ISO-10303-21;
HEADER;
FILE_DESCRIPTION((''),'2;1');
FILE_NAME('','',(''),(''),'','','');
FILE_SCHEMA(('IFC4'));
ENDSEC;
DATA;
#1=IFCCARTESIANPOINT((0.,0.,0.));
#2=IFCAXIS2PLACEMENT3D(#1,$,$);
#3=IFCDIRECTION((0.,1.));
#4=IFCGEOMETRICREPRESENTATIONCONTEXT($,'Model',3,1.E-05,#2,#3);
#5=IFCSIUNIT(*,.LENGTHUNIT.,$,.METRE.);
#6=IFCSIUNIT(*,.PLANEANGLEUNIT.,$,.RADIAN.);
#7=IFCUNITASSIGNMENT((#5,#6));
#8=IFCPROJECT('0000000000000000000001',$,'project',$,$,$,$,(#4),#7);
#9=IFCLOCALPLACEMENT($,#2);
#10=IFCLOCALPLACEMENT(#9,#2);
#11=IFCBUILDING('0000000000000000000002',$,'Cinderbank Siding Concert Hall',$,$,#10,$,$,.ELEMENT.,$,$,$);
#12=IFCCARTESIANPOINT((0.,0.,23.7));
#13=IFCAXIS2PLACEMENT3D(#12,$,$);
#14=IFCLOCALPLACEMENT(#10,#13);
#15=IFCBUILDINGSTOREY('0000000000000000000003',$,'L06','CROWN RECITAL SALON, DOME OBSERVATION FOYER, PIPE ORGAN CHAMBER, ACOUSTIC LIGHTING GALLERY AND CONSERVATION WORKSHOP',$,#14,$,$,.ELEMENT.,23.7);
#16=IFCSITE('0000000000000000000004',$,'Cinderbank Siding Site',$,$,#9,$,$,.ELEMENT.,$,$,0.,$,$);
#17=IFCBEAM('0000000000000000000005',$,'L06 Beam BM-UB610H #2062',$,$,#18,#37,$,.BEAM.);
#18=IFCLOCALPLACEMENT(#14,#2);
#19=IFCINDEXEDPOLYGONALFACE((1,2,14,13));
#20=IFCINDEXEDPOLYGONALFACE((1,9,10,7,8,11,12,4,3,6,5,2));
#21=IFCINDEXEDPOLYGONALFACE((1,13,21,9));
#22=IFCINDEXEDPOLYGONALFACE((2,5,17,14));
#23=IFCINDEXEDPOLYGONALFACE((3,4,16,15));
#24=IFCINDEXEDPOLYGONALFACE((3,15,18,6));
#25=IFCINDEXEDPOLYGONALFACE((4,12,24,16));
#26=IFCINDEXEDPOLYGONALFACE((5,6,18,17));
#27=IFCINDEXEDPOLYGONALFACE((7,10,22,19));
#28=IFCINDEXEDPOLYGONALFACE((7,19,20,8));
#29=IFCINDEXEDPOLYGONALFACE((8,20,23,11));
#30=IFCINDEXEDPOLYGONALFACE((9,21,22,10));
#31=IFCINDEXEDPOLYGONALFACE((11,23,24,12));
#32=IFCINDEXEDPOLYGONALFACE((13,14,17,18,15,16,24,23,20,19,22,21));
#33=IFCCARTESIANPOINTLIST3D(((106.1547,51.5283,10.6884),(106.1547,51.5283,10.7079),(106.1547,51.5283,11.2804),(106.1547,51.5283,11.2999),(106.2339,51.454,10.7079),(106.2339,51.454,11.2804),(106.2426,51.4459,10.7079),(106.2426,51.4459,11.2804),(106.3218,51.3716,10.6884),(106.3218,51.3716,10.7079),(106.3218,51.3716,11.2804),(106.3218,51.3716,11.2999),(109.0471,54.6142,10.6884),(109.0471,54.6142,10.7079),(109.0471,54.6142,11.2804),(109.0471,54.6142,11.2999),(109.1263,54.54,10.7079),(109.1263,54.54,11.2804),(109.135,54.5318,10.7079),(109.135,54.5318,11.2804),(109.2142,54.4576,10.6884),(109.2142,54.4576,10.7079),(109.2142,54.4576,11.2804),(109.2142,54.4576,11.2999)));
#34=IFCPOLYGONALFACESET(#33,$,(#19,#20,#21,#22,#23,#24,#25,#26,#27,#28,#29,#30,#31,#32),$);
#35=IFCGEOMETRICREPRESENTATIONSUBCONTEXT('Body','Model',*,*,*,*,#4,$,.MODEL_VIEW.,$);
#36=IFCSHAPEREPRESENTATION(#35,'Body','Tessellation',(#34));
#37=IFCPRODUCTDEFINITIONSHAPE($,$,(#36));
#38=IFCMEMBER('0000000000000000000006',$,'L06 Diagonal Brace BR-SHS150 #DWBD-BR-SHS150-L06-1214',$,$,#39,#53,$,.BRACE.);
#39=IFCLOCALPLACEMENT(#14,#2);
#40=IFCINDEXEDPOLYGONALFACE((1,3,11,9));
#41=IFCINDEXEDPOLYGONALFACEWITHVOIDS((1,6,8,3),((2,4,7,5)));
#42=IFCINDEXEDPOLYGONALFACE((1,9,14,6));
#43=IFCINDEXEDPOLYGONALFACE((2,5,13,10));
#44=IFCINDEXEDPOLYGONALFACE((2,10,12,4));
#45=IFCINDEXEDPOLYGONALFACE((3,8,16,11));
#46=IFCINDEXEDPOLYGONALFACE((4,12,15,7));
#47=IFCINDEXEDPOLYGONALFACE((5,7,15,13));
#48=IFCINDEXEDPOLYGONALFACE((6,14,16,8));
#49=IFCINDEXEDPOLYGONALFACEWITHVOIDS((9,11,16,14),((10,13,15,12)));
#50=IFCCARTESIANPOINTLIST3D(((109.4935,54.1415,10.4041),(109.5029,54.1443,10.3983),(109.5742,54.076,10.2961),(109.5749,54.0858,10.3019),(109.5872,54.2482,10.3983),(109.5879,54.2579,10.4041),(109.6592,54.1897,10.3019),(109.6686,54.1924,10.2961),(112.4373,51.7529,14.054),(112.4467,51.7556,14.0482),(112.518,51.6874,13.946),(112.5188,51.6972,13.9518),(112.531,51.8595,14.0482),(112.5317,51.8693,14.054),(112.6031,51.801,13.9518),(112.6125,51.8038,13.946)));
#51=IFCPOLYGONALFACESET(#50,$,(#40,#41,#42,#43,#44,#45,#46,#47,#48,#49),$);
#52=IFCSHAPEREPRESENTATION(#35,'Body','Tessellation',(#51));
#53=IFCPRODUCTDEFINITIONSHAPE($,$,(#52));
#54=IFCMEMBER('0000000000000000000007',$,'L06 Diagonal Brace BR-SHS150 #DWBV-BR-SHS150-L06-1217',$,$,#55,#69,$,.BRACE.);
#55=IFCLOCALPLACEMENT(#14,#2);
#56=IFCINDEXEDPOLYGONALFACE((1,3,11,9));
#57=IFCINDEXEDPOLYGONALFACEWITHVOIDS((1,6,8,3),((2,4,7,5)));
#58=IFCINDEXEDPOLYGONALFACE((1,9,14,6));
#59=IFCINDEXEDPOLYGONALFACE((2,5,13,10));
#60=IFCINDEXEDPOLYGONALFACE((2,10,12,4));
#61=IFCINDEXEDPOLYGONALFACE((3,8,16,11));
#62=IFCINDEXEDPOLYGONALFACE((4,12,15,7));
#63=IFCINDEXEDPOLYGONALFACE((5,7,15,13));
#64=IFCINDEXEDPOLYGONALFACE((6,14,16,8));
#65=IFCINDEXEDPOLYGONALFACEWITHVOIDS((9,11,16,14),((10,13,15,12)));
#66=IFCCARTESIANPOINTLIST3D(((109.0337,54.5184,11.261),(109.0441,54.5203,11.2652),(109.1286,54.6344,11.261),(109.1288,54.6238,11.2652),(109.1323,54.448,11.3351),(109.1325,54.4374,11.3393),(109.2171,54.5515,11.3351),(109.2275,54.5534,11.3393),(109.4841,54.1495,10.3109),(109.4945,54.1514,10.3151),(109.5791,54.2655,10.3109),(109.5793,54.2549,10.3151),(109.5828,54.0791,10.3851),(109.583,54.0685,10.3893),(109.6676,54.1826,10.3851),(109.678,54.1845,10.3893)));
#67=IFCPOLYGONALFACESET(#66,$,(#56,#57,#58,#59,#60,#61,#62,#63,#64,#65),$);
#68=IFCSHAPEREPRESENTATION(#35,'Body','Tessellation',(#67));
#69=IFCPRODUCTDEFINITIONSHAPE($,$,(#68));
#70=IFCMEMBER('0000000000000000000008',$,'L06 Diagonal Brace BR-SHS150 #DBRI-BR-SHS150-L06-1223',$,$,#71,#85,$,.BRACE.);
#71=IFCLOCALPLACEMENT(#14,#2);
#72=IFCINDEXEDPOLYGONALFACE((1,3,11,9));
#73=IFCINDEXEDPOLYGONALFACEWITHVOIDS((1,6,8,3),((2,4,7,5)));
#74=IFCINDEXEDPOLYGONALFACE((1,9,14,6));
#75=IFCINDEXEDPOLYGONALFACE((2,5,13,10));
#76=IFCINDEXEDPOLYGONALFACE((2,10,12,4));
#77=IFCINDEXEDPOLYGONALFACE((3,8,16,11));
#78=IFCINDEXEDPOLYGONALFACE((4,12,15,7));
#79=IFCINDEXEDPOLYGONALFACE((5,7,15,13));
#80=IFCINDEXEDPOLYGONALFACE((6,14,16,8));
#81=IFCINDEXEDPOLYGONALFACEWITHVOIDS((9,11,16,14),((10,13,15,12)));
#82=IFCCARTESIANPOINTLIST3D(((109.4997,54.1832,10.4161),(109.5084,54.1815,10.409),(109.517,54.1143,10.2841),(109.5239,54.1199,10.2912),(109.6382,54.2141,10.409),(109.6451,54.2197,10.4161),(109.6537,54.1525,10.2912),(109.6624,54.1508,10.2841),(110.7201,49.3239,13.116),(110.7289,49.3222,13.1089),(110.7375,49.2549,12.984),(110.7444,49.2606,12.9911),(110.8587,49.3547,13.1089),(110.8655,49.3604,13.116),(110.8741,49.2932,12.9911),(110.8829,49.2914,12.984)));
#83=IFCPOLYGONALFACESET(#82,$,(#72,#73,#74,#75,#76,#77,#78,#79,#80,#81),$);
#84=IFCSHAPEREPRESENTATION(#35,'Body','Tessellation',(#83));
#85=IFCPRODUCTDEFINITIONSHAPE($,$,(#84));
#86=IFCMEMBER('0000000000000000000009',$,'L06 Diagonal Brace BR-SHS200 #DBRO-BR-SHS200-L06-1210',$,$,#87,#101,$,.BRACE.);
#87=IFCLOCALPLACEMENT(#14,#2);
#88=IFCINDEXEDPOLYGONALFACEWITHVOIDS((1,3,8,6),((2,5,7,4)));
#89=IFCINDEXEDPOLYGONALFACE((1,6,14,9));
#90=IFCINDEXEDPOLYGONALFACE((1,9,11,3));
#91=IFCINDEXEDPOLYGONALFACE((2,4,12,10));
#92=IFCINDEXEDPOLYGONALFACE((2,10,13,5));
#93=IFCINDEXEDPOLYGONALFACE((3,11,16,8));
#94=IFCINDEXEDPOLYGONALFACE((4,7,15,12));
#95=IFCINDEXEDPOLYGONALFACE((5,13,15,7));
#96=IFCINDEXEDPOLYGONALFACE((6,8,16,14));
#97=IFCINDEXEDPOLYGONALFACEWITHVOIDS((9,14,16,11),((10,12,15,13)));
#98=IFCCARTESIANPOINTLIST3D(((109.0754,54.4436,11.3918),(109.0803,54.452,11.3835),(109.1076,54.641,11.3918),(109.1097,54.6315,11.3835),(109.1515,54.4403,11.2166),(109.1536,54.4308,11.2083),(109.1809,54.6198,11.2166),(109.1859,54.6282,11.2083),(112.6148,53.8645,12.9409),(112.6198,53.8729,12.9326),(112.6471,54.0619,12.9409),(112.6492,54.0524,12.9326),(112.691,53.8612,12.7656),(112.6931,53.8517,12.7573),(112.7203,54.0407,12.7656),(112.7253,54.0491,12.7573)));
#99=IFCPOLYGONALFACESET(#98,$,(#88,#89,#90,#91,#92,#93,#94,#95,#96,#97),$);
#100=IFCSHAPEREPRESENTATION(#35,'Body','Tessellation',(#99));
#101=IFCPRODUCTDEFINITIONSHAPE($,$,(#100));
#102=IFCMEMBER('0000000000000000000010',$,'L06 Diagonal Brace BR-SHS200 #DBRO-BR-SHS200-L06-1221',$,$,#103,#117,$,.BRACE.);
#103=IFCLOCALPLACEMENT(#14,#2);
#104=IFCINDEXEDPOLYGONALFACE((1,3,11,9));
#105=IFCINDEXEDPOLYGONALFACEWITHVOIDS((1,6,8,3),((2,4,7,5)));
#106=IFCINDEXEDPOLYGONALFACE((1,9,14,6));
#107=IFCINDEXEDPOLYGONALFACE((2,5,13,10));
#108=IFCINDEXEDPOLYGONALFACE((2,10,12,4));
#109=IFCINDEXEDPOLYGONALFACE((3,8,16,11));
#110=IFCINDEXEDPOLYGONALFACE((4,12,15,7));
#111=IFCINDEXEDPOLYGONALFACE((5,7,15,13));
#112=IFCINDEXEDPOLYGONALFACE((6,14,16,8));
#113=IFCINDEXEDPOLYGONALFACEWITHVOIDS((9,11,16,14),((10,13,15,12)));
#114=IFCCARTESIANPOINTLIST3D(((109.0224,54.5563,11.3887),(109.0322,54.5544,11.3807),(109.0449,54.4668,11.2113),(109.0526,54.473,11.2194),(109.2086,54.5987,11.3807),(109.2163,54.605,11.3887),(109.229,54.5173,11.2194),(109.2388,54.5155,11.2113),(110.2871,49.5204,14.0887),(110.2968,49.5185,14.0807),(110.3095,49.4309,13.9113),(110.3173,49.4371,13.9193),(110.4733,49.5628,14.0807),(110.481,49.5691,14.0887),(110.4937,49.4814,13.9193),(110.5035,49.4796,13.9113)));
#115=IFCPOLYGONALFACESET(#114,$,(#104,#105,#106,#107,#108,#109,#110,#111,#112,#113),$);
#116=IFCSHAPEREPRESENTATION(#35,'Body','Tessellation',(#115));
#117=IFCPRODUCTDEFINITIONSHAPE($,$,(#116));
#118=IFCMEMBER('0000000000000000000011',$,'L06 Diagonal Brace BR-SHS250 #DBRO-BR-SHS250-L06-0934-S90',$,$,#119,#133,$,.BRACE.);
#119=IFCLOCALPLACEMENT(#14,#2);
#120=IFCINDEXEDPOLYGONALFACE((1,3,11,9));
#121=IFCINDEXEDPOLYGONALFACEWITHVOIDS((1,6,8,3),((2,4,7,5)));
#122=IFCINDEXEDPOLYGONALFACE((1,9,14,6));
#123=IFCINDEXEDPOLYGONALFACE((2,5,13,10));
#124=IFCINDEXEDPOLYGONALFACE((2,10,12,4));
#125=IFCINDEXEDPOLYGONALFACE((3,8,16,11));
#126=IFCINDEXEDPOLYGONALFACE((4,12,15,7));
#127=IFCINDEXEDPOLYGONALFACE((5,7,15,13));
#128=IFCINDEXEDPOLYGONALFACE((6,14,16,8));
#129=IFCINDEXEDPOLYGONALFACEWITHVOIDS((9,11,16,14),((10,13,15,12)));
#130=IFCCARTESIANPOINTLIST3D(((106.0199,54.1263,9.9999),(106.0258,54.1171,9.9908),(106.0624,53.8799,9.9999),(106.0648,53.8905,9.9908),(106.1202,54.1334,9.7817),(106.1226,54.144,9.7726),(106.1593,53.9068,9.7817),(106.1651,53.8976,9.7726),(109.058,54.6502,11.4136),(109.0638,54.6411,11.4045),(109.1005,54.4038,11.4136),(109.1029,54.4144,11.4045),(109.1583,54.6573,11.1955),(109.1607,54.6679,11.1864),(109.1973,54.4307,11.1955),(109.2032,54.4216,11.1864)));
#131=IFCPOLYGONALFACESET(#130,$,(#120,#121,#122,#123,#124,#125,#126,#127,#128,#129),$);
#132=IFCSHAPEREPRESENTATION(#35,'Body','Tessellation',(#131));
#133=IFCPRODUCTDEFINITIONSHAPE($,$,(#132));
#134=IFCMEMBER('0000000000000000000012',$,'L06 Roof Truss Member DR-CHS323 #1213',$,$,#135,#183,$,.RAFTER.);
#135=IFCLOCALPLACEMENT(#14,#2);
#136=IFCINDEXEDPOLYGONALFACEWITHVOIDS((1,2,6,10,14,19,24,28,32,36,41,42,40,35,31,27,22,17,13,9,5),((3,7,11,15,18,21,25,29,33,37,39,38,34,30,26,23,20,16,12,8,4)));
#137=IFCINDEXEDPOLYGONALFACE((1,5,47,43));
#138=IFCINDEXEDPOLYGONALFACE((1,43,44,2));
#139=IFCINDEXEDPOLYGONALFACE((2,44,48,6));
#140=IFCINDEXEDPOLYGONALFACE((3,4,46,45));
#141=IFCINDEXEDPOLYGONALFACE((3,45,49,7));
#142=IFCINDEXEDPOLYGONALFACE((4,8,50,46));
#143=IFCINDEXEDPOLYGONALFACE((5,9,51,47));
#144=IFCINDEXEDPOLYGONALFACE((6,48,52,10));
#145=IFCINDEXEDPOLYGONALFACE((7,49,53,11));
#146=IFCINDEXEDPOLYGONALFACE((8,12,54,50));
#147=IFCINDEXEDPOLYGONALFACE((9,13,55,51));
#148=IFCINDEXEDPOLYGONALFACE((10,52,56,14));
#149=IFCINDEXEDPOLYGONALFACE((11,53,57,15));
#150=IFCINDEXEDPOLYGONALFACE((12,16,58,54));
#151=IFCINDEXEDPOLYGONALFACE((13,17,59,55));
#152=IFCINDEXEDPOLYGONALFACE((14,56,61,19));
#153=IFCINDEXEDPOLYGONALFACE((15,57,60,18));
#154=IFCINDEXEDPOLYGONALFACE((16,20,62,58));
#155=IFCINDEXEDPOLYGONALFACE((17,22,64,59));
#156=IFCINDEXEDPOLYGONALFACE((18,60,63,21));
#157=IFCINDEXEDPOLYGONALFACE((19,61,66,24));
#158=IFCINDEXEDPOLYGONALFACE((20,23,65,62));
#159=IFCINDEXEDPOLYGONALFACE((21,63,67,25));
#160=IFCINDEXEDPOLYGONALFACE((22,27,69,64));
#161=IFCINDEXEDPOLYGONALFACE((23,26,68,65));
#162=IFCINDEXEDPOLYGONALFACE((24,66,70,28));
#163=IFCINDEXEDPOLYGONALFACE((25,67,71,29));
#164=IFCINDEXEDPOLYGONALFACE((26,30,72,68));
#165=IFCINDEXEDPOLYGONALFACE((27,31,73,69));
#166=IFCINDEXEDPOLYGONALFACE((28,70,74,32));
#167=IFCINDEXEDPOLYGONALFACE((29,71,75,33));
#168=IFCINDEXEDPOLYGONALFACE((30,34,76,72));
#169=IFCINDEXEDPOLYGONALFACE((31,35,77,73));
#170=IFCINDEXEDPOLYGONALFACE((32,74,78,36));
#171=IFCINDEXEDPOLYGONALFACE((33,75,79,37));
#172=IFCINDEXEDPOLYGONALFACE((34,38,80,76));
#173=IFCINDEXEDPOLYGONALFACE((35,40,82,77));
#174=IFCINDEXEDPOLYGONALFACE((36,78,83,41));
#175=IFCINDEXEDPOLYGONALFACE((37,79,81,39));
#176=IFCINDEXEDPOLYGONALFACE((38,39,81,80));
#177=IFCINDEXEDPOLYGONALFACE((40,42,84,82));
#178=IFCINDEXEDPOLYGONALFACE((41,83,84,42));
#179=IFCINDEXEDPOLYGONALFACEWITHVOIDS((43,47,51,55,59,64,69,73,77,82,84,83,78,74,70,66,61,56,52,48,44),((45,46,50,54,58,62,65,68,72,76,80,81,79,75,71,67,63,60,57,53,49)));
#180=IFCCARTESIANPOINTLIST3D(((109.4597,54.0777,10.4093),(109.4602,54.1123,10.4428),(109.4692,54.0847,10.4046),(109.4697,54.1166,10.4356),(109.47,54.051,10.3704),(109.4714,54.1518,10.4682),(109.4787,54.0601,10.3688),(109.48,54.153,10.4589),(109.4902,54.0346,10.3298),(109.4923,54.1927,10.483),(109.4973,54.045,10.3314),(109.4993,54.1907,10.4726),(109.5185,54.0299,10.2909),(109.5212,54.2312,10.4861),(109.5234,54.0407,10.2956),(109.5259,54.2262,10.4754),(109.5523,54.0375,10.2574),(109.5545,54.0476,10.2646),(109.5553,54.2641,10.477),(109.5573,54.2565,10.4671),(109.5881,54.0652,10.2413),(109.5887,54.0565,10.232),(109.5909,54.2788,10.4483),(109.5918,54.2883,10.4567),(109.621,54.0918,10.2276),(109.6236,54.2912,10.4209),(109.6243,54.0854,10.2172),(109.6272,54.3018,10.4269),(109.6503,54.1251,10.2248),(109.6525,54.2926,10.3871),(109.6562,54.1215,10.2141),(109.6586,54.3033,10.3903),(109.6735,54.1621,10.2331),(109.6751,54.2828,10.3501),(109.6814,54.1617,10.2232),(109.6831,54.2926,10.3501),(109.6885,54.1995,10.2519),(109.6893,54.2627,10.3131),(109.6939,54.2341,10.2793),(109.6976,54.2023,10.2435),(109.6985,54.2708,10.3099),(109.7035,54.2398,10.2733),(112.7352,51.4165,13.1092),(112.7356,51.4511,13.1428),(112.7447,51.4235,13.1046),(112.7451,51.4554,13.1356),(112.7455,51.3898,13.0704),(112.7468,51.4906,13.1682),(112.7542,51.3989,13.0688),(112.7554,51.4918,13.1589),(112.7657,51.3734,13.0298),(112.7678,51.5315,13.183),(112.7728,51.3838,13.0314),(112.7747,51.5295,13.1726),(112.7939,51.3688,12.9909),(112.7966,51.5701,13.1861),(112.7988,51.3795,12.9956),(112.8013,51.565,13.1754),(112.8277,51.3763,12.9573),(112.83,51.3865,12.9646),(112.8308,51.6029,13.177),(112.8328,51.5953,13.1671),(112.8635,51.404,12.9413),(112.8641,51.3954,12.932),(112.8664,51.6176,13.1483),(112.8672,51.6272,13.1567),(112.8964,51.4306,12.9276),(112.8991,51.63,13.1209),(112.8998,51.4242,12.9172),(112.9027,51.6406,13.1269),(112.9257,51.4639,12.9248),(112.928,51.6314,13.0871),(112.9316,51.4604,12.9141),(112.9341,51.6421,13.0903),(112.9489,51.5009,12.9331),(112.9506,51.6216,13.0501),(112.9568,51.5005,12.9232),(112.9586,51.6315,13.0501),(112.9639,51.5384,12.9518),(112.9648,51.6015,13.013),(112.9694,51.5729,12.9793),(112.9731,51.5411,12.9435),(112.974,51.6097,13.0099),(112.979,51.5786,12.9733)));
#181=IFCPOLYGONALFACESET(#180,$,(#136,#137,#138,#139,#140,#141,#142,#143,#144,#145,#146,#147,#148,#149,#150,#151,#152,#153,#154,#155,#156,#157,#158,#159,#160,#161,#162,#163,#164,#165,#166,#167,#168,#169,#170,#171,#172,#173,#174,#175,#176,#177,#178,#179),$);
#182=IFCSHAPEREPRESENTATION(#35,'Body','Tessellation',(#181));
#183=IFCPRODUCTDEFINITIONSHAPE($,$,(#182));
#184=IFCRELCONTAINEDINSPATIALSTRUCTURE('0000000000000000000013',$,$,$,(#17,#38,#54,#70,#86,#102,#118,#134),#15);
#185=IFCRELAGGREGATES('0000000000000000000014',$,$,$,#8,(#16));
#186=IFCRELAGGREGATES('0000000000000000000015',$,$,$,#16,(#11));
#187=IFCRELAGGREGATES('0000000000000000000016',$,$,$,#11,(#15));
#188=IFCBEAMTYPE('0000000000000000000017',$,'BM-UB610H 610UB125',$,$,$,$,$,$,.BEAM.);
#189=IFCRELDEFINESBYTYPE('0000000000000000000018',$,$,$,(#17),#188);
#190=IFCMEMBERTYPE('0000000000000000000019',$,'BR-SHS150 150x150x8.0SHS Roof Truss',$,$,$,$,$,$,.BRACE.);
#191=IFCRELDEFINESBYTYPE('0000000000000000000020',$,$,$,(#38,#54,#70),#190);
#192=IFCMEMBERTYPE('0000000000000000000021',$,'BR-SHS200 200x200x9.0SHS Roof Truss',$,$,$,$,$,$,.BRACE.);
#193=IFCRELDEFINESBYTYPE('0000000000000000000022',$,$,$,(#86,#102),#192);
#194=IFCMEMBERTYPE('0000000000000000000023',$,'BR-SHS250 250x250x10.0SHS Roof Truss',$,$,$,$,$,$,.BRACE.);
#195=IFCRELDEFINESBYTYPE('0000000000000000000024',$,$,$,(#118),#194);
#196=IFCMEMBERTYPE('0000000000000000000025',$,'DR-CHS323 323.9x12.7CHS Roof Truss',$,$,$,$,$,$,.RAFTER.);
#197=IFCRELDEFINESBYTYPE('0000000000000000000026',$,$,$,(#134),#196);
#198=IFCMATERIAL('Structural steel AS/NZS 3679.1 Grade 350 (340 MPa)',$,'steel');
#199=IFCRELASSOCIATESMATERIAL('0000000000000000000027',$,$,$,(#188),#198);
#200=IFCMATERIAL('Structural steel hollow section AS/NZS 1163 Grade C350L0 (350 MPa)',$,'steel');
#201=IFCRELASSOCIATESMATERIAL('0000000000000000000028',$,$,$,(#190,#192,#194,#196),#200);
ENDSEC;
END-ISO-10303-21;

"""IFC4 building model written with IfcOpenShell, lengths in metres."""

from ifc_helpers import new_model, si_unit, direction, frame, origin, origin_2d, place, context, subcontext, project, spatial, hollow_rectangle, hollow_circle, i_section, extrude, material, material_profile, profile_set, type_object, element, save


model = new_model("IFC4")

# Units and contexts
model_context = context("Model", 3, precision=1e-05, world=origin(), true_north=direction((0.0, 1.0)))
body_context = subcontext(model_context, "Body", "Model", "MODEL_VIEW")
ifc_project = project(units=[si_unit("LENGTHUNIT", "METRE"), si_unit("PLANEANGLEUNIT", "RADIAN")], contexts=[model_context])

# Site, building, storey
site_placement = place(None, origin())
site = spatial("IfcSite", under=ifc_project, at=site_placement, Name="Cinderbank Siding Site", CompositionType="ELEMENT", RefElevation=0.0)
building_placement = place(site_placement, origin())
building = spatial("IfcBuilding", under=site, at=building_placement, Name="Cinderbank Siding Concert Hall", CompositionType="ELEMENT")
storey_placement = place(building_placement, frame((0.0, 0.0, 23.7)))
storey = spatial("IfcBuildingStorey", under=building, at=storey_placement, Name="L06", Description="CROWN RECITAL SALON, DOME OBSERVATION FOYER, PIPE ORGAN CHAMBER, ACOUSTIC LIGHTING GALLERY AND CONSERVATION WORKSHOP", CompositionType="ELEMENT", Elevation=23.7)

# Beam
ifc_material_1 = material(Name="Structural steel AS/NZS 3679.1 Grade 350 (340 MPa)", Category="steel")
ifc_material_profile_1 = material_profile(ifc_material_1, i_section(OverallWidth=0.229, OverallDepth=0.6116, WebThickness=0.012, FlangeThickness=0.0195, at=origin_2d()), Name="610UB125", Category="LoadBearing")
ifc_profile_set_1 = profile_set([ifc_material_profile_1], Name="Structural steel AS/NZS 3679.1 Grade 350 (340 MPa)")
beam_type = type_object("IfcBeamType", Name="BM-UB610H 610UB125", PredefinedType="BEAM", material=ifc_profile_set_1)
beam_placement = place(storey_placement, frame((109.1306, 54.5359, 10.9941), z_axis=(-0.683849, -0.729624, 0.0), x_axis=(0.729624, -0.683849, 0.0)))
element("IfcBeam", 1, at=beam_placement, inside=storey, type_object=beam_type, Name="L06 Beam BM-UB610H #2062", PredefinedType="BEAM", context=body_context, shape_type="SweptSolid", body=[
    extrude(i_section(OverallWidth=0.229, OverallDepth=0.6116, WebThickness=0.012, FlangeThickness=0.0195, at=origin_2d()), origin(), (0.0, 0.0, 1.0), 4.2295),
])

# Members
ifc_material_2 = material(Name="Structural steel hollow section AS/NZS 1163 Grade C350L0 (350 MPa)", Category="steel")
ifc_material_profile_2 = material_profile(ifc_material_2, hollow_rectangle(XDim=0.1499, YDim=0.1499, WallThickness=0.0081, at=origin_2d()), Name="150x150x8.0SHS", Category="LoadBearing")
ifc_profile_set_2 = profile_set([ifc_material_profile_2], Name="Structural steel hollow section AS/NZS 1163 Grade C350L0 (350 MPa)")
member_type_1 = type_object("IfcMemberType", Name="BR-SHS150 150x150x8.0SHS Roof Truss", PredefinedType="BRACE", material=ifc_profile_set_2)
member_1_placement = place(storey_placement, frame((109.5811, 54.167, 10.3501), z_axis=(0.559402, -0.453905, 0.69357), x_axis=(0.630083, 0.776528, 0.0)))
element("IfcMember", 2, at=member_1_placement, inside=storey, type_object=member_type_1, Name="L06 Diagonal Brace BR-SHS150 #DWBD-BR-SHS150-L06-1214", PredefinedType="BRACE", context=body_context, shape_type="SweptSolid", body=[
    extrude(hollow_rectangle(XDim=0.1499, YDim=0.1499, WallThickness=0.0081, at=origin_2d()), origin(), (0.0, 0.0, 1.0), 5.2625),
])
member_2_placement = place(storey_placement, frame((109.5811, 54.167, 10.3501), z_axis=(-0.40428, 0.331094, 0.852604), x_axis=(-0.633603, -0.773658, 0.0)))
element("IfcMember", 3, at=member_2_placement, inside=storey, type_object=member_type_1, Name="L06 Diagonal Brace BR-SHS150 #DWBV-BR-SHS150-L06-1217", PredefinedType="BRACE", context=body_context, shape_type="SweptSolid", body=[
    extrude(hollow_rectangle(XDim=0.1499, YDim=0.1499, WallThickness=0.0081, at=origin_2d()), origin(), (0.0, 0.0, 1.0), 1.1143),
])
member_3_placement = place(storey_placement, frame((109.5811, 54.167, 10.3501), z_axis=(0.214437, -0.8538, 0.474386), x_axis=(0.969878, 0.24359, 0.0)))
element("IfcMember", 4, at=member_3_placement, inside=storey, type_object=member_type_1, Name="L06 Diagonal Brace BR-SHS150 #DBRI-BR-SHS150-L06-1223", PredefinedType="BRACE", context=body_context, shape_type="SweptSolid", body=[
    extrude(hollow_rectangle(XDim=0.1499, YDim=0.1499, WallThickness=0.0081, at=origin_2d()), origin(), (0.0, 0.0, 1.0), 5.6914),
])
ifc_material_profile_3 = material_profile(ifc_material_2, hollow_rectangle(XDim=0.2, YDim=0.2, WallThickness=0.009, at=origin_2d()), Name="200x200x9.0SHS", Category="LoadBearing")
ifc_profile_set_3 = profile_set([ifc_material_profile_3], Name="Structural steel hollow section AS/NZS 1163 Grade C350L0 (350 MPa)")
member_type_2 = type_object("IfcMemberType", Name="BR-SHS200 200x200x9.0SHS Roof Truss", PredefinedType="BRACE", material=ifc_profile_set_3)
member_4_placement = place(storey_placement, frame((109.1306, 54.5359, 11.3), z_axis=(0.905988, -0.148228, 0.396503), x_axis=(0.161462, 0.986879, 0.0)))
element("IfcMember", 5, at=member_4_placement, inside=storey, type_object=member_type_2, Name="L06 Diagonal Brace BR-SHS200 #DBRO-BR-SHS200-L06-1210", PredefinedType="BRACE", context=body_context, shape_type="SweptSolid", body=[
    extrude(hollow_rectangle(XDim=0.2, YDim=0.2, WallThickness=0.009, at=origin_2d()), origin(), (0.0, 0.0, 1.0), 3.9067),
])
member_5_placement = place(storey_placement, frame((109.1306, 54.5359, 11.3), z_axis=(0.216095, -0.860499, 0.46135), x_axis=(0.969885, 0.243564, 0.0)))
element("IfcMember", 6, at=member_5_placement, inside=storey, type_object=member_type_2, Name="L06 Diagonal Brace BR-SHS200 #DBRO-BR-SHS200-L06-1221", PredefinedType="BRACE", context=body_context, shape_type="SweptSolid", body=[
    extrude(hollow_rectangle(XDim=0.2, YDim=0.2, WallThickness=0.009, at=origin_2d()), origin(), (0.0, 0.0, 1.0), 5.8523),
])
ifc_material_profile_4 = material_profile(ifc_material_2, hollow_rectangle(XDim=0.25, YDim=0.25, WallThickness=0.01, at=origin_2d()), Name="250x250x10.0SHS", Category="LoadBearing")
ifc_profile_set_4 = profile_set([ifc_material_profile_4], Name="Structural steel hollow section AS/NZS 1163 Grade C350L0 (350 MPa)")
member_type_3 = type_object("IfcMemberType", Name="BR-SHS250 250x250x10.0SHS Roof Truss", PredefinedType="BRACE", material=ifc_profile_set_4)
member_6_placement = place(storey_placement, frame((106.0925, 54.012, 9.8862), z_axis=(0.895752, 0.154475, 0.416852), x_axis=(-0.169944, 0.985454, 0.0)))
element("IfcMember", 7, at=member_6_placement, inside=storey, type_object=member_type_3, Name="L06 Diagonal Brace BR-SHS250 #DBRO-BR-SHS250-L06-0934-S90", PredefinedType="BRACE", context=body_context, shape_type="SweptSolid", body=[
    extrude(hollow_rectangle(XDim=0.25, YDim=0.25, WallThickness=0.01, at=origin_2d()), origin(), (0.0, 0.0, 1.0), 3.3916),
])
ifc_material_profile_5 = material_profile(ifc_material_2, hollow_circle(Radius=0.1619, WallThickness=0.0127, at=origin_2d()), Name="323.9x12.7CHS", Category="LoadBearing")
ifc_profile_set_5 = profile_set([ifc_material_profile_5], Name="Structural steel hollow section AS/NZS 1163 Grade C350L0 (350 MPa)")
member_type_4 = type_object("IfcMemberType", Name="DR-CHS323 323.9x12.7CHS Roof Truss", PredefinedType="RAFTER", material=ifc_profile_set_5)
member_7_placement = place(storey_placement, frame((109.5811, 54.167, 10.3501), z_axis=(0.653778, -0.53117, 0.538918), x_axis=(0.630575, 0.776128, 0.0)))
element("IfcMember", 8, at=member_7_placement, inside=storey, type_object=member_type_4, Name="L06 Roof Truss Member DR-CHS323 #1213", PredefinedType="RAFTER", context=body_context, shape_type="SweptSolid", body=[
    extrude(hollow_circle(Radius=0.1619, WallThickness=0.0127, at=origin_2d()), origin(), (0.0, 0.0, 1.0), 5.01),
])

save(model, "model.ifc")
